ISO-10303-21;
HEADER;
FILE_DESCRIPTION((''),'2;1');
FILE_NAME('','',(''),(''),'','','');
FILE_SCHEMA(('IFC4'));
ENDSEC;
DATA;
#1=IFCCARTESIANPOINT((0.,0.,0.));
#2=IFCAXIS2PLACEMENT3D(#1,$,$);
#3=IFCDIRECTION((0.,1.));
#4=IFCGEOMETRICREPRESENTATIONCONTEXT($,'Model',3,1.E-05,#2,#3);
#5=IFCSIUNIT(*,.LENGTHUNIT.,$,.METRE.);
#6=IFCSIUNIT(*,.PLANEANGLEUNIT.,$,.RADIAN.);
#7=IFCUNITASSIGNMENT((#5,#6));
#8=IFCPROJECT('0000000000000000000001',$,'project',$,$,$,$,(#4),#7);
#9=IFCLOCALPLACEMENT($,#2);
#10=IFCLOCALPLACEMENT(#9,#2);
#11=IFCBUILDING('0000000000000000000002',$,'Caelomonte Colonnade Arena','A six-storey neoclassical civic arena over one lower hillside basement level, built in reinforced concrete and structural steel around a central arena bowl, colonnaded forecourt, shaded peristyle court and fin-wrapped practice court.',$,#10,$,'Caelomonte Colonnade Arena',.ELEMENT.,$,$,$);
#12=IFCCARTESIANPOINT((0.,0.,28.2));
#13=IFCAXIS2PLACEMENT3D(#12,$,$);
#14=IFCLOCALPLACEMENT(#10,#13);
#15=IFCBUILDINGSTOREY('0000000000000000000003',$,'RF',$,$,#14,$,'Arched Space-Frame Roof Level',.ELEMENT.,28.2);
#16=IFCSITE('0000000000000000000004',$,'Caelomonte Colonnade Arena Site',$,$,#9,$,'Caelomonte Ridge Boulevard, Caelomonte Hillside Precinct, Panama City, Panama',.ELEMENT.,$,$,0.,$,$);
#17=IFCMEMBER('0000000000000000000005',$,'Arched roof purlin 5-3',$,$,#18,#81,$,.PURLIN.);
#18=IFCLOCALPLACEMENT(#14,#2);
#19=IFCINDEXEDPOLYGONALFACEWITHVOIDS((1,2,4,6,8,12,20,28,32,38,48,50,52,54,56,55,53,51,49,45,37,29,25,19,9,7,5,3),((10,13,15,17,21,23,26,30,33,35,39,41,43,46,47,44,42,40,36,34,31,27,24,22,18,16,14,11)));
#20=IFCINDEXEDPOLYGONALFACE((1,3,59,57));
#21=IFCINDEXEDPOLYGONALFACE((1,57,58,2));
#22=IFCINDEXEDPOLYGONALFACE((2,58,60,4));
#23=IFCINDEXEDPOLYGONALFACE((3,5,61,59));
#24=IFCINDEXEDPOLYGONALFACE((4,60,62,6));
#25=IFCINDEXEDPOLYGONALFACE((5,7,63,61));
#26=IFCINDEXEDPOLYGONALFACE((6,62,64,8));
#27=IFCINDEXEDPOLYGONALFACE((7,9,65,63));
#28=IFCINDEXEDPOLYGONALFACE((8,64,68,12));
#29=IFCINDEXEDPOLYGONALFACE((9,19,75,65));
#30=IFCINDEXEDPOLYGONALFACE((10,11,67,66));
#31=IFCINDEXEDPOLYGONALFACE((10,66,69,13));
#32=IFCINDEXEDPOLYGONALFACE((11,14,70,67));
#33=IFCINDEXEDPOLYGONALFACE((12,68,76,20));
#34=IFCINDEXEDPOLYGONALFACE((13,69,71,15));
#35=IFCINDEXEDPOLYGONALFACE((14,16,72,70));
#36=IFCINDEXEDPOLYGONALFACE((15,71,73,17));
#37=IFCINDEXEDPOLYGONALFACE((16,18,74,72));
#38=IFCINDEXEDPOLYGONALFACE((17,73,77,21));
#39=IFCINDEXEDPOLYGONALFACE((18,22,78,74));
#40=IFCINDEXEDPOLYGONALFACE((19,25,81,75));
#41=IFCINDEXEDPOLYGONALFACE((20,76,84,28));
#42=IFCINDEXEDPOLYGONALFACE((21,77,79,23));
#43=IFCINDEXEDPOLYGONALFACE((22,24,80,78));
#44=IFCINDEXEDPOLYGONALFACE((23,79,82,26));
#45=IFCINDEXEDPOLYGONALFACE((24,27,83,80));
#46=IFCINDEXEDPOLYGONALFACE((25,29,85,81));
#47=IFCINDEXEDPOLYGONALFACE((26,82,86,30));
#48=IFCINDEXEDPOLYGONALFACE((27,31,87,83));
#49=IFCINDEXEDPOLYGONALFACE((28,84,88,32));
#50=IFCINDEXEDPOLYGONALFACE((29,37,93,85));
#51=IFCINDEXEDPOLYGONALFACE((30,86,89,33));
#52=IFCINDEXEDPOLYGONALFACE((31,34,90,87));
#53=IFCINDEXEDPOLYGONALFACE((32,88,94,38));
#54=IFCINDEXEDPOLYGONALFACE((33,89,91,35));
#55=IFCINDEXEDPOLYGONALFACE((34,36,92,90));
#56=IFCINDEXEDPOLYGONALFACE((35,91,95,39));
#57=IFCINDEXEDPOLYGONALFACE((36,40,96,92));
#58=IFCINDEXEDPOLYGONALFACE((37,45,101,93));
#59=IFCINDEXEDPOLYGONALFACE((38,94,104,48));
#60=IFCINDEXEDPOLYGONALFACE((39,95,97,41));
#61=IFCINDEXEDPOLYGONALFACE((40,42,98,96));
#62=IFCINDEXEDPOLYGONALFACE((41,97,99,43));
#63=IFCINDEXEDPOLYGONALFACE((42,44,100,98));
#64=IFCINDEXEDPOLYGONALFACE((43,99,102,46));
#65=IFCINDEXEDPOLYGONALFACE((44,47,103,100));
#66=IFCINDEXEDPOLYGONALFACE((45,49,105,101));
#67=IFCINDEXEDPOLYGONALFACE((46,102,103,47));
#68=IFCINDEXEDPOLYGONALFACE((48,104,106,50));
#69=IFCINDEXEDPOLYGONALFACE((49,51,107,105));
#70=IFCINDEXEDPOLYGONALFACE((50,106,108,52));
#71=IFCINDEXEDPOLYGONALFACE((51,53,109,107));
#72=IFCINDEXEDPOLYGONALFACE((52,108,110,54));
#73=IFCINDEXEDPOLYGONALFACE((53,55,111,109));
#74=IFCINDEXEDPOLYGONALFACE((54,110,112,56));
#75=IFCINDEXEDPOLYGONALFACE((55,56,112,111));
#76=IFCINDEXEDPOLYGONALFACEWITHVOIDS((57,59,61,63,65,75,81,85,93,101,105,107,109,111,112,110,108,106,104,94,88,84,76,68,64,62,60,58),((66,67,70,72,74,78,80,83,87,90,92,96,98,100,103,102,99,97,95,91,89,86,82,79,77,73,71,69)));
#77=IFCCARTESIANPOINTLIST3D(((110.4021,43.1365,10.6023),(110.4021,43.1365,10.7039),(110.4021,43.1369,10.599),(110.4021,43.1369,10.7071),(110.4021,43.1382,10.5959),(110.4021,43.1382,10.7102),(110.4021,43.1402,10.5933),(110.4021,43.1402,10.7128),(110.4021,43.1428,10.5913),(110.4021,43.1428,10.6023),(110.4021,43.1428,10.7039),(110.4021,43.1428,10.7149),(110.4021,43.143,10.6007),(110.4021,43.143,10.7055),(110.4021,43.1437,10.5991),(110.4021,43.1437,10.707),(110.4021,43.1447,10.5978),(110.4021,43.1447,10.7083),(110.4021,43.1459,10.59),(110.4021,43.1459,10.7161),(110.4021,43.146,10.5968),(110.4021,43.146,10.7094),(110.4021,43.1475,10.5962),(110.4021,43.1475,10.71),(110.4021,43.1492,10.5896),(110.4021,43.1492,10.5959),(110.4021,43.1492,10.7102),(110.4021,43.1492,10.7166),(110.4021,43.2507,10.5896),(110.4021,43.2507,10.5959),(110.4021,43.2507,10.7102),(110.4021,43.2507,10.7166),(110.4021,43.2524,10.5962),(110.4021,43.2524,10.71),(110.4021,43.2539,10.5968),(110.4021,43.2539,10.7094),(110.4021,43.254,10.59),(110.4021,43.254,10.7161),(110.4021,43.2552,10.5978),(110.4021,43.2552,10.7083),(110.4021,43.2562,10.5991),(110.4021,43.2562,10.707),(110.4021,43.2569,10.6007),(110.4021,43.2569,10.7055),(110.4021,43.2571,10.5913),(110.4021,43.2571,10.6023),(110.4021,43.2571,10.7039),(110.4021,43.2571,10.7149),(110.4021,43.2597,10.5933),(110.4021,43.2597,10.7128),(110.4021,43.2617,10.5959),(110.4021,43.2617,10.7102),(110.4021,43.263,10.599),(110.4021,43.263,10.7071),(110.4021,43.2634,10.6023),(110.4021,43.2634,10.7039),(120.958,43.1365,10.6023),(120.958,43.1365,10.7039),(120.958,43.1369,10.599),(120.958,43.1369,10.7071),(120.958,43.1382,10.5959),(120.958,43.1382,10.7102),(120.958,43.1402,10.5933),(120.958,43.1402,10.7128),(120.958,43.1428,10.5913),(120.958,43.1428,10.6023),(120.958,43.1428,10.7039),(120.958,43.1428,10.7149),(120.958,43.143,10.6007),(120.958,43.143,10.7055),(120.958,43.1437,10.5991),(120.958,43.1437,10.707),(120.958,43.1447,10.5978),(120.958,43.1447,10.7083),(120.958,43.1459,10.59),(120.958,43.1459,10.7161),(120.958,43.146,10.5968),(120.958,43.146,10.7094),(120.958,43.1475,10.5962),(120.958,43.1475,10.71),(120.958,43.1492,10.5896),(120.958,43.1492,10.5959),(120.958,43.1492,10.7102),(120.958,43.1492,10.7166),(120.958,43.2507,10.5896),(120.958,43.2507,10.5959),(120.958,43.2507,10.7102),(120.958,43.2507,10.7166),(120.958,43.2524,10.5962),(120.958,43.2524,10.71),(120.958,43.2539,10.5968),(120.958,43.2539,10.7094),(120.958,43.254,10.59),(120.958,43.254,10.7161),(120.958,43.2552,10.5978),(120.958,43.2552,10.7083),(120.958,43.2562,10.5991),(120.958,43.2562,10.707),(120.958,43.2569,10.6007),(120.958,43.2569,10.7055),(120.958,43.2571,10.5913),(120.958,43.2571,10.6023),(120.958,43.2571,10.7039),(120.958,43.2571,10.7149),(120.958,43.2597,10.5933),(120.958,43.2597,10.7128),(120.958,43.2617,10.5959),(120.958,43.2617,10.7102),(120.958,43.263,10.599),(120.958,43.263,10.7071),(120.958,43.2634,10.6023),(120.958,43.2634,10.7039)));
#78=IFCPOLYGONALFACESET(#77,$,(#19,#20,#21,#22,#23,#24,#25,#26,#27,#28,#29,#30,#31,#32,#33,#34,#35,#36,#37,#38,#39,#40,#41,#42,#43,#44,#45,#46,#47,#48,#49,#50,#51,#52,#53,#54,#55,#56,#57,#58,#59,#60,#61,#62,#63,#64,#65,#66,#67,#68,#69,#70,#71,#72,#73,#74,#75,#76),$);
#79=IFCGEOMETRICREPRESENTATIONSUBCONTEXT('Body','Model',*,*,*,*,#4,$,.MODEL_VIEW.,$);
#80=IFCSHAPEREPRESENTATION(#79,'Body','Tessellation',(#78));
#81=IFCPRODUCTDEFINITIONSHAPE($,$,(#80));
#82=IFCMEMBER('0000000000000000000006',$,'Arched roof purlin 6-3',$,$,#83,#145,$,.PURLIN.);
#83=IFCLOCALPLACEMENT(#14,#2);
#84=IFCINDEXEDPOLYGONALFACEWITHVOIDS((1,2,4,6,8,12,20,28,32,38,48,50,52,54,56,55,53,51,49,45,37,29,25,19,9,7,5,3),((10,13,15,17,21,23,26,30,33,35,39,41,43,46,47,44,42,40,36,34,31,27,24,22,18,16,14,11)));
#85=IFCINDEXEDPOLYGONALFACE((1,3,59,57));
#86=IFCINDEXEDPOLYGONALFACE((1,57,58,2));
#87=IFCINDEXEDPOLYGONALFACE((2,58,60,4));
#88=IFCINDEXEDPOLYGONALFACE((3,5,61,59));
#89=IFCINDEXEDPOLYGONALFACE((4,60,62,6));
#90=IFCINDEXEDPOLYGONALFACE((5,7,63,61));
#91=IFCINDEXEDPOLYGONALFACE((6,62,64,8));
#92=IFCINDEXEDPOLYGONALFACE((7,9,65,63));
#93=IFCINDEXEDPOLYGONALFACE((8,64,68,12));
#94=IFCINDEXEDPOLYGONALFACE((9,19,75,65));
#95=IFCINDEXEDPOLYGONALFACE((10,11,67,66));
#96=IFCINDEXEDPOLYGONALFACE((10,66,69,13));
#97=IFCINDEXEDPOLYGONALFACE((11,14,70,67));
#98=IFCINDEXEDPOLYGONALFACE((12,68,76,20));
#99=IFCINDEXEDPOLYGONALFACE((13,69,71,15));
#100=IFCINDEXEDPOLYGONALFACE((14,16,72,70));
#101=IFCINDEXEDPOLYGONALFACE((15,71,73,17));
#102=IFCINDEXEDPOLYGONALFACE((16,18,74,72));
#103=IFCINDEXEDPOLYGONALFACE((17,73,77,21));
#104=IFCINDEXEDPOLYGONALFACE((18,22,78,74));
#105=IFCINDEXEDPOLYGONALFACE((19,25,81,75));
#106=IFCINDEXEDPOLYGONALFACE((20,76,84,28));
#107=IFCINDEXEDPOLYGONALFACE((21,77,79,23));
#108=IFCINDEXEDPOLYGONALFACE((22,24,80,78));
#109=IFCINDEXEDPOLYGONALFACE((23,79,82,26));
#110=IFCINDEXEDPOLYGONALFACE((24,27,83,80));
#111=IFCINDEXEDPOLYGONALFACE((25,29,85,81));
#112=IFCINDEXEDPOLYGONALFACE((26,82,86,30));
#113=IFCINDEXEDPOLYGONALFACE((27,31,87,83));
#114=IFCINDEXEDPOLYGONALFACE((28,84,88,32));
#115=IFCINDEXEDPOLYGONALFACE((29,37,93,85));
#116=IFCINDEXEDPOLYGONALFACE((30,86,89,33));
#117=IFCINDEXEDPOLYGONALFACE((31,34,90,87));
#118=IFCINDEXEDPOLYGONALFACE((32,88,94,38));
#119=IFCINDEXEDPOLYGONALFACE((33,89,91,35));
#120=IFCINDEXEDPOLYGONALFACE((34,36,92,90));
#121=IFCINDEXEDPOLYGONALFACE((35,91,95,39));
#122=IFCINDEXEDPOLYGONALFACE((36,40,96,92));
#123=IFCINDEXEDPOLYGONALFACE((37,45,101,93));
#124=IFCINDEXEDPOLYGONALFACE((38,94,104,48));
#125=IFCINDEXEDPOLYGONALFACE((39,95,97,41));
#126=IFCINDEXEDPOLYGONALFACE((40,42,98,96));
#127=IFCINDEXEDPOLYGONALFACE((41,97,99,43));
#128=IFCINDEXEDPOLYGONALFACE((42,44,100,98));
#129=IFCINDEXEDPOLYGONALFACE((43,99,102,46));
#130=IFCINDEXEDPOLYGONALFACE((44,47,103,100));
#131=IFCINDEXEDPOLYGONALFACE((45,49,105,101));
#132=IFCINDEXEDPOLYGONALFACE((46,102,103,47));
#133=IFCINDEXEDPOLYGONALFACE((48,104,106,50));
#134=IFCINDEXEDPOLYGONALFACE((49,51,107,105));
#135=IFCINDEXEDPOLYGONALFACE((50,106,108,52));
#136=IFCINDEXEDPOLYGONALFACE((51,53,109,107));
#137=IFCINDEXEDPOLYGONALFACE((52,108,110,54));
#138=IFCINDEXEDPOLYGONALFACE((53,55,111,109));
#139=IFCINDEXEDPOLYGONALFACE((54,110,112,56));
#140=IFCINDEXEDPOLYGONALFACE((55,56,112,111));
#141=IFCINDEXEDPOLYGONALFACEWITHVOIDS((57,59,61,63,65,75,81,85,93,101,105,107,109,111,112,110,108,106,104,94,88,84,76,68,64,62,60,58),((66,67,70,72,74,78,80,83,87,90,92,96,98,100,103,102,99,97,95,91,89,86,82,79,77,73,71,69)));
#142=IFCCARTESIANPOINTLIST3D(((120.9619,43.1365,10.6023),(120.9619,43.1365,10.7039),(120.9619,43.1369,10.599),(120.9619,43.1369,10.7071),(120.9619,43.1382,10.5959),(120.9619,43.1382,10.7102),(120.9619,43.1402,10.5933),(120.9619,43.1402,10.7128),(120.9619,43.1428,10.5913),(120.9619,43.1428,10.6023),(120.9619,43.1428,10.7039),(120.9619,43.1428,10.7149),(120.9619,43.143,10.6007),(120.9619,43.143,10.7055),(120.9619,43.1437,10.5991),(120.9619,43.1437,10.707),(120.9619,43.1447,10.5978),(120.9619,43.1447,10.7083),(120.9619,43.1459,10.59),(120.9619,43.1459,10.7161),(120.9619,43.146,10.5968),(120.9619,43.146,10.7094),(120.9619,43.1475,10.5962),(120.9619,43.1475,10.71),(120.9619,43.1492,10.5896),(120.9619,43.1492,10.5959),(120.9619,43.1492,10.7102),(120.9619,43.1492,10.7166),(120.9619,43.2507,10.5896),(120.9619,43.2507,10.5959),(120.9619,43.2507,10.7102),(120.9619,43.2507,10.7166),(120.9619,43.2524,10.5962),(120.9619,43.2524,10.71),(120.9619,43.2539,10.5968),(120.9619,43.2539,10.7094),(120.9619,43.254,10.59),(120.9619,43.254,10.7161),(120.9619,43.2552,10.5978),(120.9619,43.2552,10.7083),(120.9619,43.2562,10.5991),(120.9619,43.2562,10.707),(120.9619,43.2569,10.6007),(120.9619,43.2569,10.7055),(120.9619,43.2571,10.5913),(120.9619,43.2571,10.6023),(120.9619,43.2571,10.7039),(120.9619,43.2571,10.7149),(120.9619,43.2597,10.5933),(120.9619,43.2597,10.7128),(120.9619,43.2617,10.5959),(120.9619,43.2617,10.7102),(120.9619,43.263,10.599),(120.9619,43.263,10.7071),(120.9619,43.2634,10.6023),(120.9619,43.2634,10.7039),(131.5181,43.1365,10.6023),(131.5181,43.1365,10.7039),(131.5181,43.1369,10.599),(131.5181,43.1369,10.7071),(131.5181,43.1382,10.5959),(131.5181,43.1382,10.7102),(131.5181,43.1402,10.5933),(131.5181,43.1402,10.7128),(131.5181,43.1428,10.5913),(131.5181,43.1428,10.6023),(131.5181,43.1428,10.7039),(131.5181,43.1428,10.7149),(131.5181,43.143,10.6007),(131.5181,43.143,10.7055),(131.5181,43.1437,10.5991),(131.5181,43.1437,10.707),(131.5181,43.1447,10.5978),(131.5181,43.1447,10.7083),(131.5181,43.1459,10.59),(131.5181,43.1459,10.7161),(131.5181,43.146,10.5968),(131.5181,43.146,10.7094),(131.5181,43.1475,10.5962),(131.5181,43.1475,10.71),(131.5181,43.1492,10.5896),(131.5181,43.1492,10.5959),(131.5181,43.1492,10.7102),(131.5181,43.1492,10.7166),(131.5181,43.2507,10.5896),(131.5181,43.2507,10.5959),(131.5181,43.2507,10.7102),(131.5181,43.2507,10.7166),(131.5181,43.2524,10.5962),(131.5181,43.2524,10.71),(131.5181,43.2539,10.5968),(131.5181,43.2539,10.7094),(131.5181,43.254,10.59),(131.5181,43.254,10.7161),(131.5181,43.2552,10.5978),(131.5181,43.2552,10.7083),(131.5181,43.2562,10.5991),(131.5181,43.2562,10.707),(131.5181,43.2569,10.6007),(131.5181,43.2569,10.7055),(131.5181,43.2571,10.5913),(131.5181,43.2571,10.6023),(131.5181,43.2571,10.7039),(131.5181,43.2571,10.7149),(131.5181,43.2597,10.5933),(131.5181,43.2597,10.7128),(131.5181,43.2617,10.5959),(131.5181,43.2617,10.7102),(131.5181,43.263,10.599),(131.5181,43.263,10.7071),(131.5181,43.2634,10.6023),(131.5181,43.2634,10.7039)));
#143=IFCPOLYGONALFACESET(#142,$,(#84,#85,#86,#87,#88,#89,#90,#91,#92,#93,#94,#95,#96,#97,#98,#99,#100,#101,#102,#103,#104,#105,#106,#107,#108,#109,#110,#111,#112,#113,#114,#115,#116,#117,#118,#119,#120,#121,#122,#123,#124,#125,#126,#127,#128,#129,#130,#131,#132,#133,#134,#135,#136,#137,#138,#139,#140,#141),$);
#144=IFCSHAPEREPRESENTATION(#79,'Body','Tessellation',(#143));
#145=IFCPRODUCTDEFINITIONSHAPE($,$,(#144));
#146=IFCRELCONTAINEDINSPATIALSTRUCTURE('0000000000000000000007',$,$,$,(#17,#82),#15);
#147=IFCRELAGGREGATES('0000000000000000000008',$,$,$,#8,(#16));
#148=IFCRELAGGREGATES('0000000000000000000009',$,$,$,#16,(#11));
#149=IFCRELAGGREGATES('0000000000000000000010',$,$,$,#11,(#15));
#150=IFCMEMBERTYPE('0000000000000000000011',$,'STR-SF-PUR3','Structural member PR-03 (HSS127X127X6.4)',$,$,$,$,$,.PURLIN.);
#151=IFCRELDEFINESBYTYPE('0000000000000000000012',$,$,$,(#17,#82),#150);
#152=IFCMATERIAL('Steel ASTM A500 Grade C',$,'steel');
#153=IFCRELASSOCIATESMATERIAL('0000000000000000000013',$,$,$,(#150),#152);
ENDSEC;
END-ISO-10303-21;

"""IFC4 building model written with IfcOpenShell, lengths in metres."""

from ifc_helpers import new_model, si_unit, direction, frame, origin, origin_2d, place, context, subcontext, project, spatial, hollow_rectangle, extrude, material, material_profile, profile_set, type_object, element, save


model = new_model("IFC4")

# Units and contexts
model_context = context("Model", 3, precision=1e-05, world=origin(), true_north=direction((0.0, 1.0)))
body_context = subcontext(model_context, "Body", "Model", "MODEL_VIEW")
ifc_project = project(units=[si_unit("LENGTHUNIT", "METRE"), si_unit("PLANEANGLEUNIT", "RADIAN")], contexts=[model_context])

# Site, building, storey
site_placement = place(None, origin())
site = spatial("IfcSite", under=ifc_project, at=site_placement, Name="Caelomonte Colonnade Arena Site", LongName="Caelomonte Ridge Boulevard, Caelomonte Hillside Precinct, Panama City, Panama", CompositionType="ELEMENT", RefElevation=0.0)
building_placement = place(site_placement, origin())
building = spatial("IfcBuilding", under=site, at=building_placement, Name="Caelomonte Colonnade Arena", Description="A six-storey neoclassical civic arena over one lower hillside basement level, built in reinforced concrete and structural steel around a central arena bowl, colonnaded forecourt, shaded peristyle court and fin-wrapped practice court.", LongName="Caelomonte Colonnade Arena", CompositionType="ELEMENT")
storey_placement = place(building_placement, frame((0.0, 0.0, 28.2)))
storey = spatial("IfcBuildingStorey", under=building, at=storey_placement, Name="RF", LongName="Arched Space-Frame Roof Level", CompositionType="ELEMENT", Elevation=28.2)

# Members
ifc_material_1 = material(Name="Steel ASTM A500 Grade C", Category="steel")
ifc_material_profile_1 = material_profile(ifc_material_1, hollow_rectangle(XDim=0.127, YDim=0.127, WallThickness=0.0063, InnerFilletRadius=0.0063, OuterFilletRadius=0.0127, at=origin_2d()), Name="HSS127X127X6.4")
ifc_profile_set_1 = profile_set([ifc_material_profile_1], Name="Steel ASTM A500 Grade C")
member_type_1 = type_object("IfcMemberType", Name="STR-SF-PUR3", Description="Structural member PR-03 (HSS127X127X6.4)", PredefinedType="PURLIN", material=ifc_profile_set_1)
member_1_placement = place(storey_placement, frame((110.4021, 43.2, 10.6531), z_axis=(1.0, 0.0, 0.0), x_axis=(0.0, 1.0, 0.0)))
element("IfcMember", 1, at=member_1_placement, inside=storey, type_object=member_type_1, Name="Arched roof purlin 5-3", PredefinedType="PURLIN", context=body_context, shape_type="SweptSolid", body=[
    extrude(hollow_rectangle(XDim=0.127, YDim=0.127, WallThickness=0.0063, InnerFilletRadius=0.0063, OuterFilletRadius=0.0127, at=origin_2d()), origin(), (0.0, 0.0, 1.0), 10.5559),
])
member_2_placement = place(storey_placement, frame((120.9619, 43.2, 10.6531), z_axis=(1.0, 0.0, 0.0), x_axis=(0.0, 1.0, 0.0)))
element("IfcMember", 2, at=member_2_placement, inside=storey, type_object=member_type_1, Name="Arched roof purlin 6-3", PredefinedType="PURLIN", context=body_context, shape_type="SweptSolid", body=[
    extrude(hollow_rectangle(XDim=0.127, YDim=0.127, WallThickness=0.0063, InnerFilletRadius=0.0063, OuterFilletRadius=0.0127, at=origin_2d()), origin(), (0.0, 0.0, 1.0), 10.5562),
])

save(model, "model.ifc")
